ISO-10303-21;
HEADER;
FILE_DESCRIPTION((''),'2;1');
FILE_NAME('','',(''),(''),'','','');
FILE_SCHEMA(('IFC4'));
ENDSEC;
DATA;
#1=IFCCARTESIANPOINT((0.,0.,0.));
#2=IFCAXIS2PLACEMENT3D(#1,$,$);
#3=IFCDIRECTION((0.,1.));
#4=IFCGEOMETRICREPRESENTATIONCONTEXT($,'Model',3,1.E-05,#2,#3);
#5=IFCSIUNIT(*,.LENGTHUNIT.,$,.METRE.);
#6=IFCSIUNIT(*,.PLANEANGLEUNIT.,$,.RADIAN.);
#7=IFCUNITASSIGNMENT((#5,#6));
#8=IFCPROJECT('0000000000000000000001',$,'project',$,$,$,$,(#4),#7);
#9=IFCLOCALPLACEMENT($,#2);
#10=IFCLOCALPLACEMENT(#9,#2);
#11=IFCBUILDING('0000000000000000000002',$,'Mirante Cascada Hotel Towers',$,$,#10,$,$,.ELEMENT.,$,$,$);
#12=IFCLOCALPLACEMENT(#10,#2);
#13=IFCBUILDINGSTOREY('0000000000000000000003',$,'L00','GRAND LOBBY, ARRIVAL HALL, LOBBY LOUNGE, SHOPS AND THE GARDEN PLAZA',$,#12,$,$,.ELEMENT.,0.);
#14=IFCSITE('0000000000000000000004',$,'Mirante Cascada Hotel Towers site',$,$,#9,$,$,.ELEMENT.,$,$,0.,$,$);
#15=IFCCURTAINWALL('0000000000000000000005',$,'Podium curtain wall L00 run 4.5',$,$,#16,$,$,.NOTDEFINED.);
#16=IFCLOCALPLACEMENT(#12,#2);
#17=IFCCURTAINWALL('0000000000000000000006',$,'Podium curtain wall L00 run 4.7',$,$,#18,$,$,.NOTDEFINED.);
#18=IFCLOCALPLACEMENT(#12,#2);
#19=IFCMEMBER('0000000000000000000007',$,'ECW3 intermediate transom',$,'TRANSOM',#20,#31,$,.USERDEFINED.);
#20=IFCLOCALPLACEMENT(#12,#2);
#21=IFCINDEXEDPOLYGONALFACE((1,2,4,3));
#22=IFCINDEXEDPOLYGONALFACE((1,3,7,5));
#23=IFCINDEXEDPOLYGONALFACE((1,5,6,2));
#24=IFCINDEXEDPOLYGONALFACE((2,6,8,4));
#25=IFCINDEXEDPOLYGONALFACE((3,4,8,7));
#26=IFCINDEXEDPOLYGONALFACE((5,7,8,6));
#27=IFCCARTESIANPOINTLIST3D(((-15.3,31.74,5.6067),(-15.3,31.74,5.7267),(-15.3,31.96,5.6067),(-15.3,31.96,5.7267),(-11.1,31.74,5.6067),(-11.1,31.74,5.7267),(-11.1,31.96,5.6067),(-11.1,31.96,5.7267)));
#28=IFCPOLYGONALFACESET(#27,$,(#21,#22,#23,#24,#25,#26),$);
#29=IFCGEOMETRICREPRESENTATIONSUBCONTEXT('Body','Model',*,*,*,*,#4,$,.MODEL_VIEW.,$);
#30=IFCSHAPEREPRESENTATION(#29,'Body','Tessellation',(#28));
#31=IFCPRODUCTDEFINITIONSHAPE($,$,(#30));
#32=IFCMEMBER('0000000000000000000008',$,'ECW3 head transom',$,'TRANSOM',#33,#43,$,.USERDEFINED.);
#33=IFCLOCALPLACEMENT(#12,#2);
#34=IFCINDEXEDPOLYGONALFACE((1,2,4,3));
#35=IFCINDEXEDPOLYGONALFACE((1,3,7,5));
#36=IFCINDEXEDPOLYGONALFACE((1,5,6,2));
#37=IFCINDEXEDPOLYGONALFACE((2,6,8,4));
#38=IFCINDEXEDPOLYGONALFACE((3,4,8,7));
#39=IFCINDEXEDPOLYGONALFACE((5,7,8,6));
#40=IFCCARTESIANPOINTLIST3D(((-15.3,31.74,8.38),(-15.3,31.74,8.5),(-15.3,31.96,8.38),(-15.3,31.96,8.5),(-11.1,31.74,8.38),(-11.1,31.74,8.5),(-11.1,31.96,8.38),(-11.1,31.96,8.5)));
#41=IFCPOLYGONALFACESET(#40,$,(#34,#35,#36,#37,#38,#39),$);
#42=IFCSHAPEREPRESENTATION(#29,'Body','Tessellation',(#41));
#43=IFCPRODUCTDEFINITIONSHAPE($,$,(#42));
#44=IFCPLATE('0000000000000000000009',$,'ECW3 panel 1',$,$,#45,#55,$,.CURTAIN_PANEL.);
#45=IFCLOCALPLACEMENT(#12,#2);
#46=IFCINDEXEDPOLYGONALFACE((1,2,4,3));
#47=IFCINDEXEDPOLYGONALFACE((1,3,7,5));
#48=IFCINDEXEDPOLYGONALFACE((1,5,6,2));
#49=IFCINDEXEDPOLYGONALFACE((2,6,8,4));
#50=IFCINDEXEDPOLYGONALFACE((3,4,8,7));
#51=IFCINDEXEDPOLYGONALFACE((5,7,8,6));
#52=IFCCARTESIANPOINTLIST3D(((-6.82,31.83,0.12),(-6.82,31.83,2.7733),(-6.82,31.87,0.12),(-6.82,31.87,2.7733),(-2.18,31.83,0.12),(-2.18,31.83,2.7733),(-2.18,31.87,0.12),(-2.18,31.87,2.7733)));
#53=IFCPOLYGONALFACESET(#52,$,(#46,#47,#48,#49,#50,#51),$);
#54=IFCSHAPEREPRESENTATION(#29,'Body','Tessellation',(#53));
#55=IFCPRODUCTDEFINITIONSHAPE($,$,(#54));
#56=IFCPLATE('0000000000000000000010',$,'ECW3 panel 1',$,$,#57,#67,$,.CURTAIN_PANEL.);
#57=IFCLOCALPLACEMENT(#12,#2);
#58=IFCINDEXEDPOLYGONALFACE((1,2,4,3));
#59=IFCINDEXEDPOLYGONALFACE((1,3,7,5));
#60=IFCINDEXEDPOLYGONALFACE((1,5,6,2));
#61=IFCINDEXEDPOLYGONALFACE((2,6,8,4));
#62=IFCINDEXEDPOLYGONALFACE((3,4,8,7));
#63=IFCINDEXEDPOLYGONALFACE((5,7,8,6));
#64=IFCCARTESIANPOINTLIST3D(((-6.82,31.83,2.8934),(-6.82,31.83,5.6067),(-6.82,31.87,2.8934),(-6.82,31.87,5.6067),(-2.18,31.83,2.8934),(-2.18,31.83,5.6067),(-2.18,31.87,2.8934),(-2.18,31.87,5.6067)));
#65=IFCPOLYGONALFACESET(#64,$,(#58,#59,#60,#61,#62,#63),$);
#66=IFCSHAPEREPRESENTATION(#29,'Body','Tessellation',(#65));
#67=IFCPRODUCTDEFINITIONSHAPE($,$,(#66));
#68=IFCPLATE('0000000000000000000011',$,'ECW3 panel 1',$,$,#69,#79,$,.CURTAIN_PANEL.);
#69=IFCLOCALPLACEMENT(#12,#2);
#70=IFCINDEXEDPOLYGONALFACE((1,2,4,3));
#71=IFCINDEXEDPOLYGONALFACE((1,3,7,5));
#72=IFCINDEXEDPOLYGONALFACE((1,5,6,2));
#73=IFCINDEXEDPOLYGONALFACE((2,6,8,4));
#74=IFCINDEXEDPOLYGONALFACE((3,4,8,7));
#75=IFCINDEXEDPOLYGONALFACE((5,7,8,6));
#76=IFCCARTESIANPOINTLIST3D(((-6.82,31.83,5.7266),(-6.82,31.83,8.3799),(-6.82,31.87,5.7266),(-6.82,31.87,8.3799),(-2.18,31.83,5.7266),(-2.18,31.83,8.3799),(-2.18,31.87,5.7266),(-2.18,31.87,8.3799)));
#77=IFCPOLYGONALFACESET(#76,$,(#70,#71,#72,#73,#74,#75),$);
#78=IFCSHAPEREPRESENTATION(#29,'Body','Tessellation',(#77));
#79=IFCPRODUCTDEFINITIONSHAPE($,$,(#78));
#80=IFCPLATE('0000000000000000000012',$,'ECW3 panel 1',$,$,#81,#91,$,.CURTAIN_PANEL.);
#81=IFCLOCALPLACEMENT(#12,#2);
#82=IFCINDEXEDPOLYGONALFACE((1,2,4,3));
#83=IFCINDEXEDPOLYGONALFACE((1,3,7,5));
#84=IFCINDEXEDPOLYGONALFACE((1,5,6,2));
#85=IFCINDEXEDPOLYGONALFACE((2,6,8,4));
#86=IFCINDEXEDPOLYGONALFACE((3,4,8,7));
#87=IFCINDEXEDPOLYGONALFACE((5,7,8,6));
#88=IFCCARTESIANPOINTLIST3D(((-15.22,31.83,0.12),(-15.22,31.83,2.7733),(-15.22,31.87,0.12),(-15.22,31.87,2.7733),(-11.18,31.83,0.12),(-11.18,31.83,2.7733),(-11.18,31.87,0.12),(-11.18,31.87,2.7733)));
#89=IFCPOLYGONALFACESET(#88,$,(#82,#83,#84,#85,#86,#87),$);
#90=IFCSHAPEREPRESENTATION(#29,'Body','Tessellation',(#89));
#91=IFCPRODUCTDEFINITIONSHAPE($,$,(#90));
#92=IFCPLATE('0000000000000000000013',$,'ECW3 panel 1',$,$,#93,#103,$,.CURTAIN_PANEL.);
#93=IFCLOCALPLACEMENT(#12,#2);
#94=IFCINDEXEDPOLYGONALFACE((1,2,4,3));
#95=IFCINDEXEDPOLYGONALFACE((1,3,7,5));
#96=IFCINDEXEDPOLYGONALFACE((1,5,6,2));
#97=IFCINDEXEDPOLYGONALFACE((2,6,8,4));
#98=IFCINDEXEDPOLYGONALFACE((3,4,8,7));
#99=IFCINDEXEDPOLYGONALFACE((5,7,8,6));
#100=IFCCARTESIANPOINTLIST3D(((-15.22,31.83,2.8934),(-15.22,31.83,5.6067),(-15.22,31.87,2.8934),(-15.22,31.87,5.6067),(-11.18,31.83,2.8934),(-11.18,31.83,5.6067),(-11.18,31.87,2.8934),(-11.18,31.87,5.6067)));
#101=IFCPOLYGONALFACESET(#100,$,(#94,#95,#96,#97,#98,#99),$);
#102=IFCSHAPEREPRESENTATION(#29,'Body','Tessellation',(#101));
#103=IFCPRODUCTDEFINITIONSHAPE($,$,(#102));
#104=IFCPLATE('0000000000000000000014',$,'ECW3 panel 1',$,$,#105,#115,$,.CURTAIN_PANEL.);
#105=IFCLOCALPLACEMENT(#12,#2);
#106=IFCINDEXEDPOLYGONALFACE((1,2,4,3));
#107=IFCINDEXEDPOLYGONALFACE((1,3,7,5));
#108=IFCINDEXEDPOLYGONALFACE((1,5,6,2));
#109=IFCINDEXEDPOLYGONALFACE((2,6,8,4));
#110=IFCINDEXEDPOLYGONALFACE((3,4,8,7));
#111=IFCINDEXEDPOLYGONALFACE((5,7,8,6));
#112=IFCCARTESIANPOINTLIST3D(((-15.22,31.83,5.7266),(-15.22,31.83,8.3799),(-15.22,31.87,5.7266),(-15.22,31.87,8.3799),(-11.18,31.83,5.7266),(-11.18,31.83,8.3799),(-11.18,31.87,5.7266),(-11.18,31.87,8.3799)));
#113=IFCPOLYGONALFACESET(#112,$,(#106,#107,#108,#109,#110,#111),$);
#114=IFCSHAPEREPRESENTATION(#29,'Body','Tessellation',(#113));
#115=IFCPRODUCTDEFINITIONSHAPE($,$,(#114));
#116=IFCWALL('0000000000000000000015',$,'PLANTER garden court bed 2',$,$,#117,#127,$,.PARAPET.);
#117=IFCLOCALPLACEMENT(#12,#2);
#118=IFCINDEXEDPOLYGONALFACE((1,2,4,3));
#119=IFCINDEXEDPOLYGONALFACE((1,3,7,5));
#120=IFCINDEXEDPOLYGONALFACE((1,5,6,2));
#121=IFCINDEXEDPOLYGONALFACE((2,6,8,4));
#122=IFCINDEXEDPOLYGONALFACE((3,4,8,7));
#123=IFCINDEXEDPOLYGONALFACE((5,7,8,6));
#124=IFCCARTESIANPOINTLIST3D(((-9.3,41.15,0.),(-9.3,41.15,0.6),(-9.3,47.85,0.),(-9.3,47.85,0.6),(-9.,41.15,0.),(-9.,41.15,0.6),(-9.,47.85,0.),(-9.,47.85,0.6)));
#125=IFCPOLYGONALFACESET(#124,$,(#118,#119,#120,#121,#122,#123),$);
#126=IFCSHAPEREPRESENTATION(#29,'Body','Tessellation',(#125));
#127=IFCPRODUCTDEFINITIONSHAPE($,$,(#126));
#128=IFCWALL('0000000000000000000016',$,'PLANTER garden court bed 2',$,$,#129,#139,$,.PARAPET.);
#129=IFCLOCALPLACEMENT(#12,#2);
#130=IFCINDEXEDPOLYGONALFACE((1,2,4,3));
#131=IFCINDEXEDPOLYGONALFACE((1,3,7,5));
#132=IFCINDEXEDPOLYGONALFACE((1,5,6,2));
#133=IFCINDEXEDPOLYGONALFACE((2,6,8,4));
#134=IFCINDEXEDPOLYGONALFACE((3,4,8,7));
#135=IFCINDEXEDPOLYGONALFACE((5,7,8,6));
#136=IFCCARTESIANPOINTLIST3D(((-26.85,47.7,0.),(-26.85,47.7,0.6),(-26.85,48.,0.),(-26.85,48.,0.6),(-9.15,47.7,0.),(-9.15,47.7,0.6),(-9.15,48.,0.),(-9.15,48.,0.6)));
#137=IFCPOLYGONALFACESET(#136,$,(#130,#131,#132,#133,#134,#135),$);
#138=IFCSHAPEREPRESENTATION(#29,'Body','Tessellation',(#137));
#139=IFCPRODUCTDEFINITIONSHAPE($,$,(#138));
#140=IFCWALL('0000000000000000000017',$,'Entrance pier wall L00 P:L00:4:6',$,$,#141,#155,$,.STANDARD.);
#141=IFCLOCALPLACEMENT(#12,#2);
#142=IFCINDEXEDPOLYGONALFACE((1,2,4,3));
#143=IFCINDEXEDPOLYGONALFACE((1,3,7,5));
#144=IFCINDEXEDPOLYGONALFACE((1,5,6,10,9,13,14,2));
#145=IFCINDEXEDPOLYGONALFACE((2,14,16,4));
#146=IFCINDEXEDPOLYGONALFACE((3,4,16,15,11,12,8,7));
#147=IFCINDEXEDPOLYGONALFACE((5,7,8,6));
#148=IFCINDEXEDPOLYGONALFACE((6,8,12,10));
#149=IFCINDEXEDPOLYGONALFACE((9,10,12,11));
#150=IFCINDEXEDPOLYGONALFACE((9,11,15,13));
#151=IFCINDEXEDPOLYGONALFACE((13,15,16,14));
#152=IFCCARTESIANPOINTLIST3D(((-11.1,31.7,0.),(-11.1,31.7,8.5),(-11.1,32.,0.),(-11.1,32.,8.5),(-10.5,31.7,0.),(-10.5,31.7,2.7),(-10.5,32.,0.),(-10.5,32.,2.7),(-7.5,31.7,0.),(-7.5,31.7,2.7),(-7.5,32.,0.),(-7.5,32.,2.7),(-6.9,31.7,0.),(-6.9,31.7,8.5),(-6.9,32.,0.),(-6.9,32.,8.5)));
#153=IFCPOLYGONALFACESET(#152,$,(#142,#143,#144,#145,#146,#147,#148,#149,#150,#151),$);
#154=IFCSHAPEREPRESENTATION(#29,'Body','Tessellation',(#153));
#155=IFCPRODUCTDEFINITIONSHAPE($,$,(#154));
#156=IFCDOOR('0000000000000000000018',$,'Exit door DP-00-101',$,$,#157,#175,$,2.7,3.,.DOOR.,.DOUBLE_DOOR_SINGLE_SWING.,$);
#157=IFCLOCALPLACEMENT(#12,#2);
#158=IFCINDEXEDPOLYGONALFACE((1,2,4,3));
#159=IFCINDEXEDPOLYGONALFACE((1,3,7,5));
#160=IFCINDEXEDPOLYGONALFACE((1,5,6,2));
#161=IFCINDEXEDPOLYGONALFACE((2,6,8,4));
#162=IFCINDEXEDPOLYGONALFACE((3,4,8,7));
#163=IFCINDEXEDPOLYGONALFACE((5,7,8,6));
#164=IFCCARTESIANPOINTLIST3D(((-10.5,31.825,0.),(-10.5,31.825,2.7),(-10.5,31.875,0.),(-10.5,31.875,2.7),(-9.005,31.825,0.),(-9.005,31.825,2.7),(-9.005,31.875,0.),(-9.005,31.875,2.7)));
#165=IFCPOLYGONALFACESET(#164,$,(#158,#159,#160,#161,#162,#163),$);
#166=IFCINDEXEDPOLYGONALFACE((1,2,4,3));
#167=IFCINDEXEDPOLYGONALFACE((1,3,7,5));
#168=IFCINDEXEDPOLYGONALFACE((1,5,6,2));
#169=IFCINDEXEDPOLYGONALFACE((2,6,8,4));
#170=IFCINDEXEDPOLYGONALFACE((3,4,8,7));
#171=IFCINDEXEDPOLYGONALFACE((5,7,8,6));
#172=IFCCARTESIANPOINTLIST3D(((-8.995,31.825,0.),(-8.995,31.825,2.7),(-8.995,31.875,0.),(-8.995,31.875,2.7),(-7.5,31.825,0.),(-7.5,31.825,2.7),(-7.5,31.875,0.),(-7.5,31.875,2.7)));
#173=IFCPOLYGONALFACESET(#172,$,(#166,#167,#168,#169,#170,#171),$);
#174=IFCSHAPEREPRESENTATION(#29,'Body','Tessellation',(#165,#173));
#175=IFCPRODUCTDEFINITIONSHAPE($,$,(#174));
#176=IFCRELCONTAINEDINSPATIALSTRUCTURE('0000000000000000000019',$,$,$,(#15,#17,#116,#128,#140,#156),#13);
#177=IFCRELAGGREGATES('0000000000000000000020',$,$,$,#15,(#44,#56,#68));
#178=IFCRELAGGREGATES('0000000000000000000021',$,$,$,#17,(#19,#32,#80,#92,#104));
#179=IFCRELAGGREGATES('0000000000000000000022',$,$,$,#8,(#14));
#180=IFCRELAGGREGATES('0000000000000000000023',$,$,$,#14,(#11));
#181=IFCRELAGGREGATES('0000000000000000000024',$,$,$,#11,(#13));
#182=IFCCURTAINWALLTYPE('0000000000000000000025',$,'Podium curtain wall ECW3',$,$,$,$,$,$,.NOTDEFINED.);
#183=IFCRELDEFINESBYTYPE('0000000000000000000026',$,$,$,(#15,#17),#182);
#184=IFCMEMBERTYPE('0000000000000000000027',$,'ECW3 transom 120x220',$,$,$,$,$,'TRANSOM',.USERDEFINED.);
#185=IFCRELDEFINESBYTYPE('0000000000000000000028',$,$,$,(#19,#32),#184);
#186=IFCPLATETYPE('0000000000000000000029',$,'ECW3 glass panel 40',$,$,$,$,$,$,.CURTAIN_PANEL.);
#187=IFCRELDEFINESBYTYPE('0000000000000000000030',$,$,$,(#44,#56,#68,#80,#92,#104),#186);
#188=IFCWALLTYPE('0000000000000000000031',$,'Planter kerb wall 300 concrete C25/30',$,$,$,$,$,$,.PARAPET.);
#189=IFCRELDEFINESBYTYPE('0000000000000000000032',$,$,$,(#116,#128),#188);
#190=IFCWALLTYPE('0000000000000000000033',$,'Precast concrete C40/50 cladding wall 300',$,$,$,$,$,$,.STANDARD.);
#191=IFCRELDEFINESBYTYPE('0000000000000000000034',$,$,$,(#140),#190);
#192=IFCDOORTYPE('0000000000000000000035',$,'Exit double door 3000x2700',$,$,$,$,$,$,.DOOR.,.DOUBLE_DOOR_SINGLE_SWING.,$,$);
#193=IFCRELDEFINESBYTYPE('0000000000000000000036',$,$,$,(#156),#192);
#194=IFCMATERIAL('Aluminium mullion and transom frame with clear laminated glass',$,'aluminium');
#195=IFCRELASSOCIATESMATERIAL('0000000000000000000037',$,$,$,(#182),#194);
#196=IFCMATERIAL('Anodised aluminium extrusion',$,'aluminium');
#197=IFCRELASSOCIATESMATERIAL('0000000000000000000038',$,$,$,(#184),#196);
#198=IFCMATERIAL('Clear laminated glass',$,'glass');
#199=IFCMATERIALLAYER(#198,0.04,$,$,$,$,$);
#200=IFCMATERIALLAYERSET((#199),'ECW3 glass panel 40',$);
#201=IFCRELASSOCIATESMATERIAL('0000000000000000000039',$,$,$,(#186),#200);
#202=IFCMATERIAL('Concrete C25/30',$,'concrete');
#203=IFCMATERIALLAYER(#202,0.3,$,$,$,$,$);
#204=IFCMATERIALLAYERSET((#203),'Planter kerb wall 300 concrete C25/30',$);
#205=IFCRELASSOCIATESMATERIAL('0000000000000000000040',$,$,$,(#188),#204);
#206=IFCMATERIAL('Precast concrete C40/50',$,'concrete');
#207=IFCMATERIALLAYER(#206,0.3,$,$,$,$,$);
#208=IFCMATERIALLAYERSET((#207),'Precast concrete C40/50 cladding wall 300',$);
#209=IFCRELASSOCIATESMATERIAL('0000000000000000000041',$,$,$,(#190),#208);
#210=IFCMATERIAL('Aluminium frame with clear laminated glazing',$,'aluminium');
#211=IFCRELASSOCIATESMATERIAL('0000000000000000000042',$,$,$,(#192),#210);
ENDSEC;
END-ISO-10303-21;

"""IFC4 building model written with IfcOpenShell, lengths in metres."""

from ifc_helpers import new_model, si_unit, direction, frame, frame_2d, origin, origin_2d, place, context, subcontext, project, spatial, rectangle, extrude, material, layer, layer_set, material_profile, profile_set, type_object, element, fill, aggregate, save


model = new_model("IFC4")

# Units and contexts
model_context = context("Model", 3, precision=1e-05, world=origin(), true_north=direction((0.0, 1.0)))
body_context = subcontext(model_context, "Body", "Model", "MODEL_VIEW")
ifc_project = project(units=[si_unit("LENGTHUNIT", "METRE"), si_unit("PLANEANGLEUNIT", "RADIAN")], contexts=[model_context])

# Site, building, storey
site_placement = place(None, origin())
site = spatial("IfcSite", under=ifc_project, at=site_placement, Name="Mirante Cascada Hotel Towers site", CompositionType="ELEMENT", RefElevation=0.0)
building_placement = place(site_placement, origin())
building = spatial("IfcBuilding", under=site, at=building_placement, Name="Mirante Cascada Hotel Towers", CompositionType="ELEMENT")
storey_placement = place(building_placement, origin())
storey = spatial("IfcBuildingStorey", under=building, at=storey_placement, Name="L00", Description="GRAND LOBBY, ARRIVAL HALL, LOBBY LOUNGE, SHOPS AND THE GARDEN PLAZA", CompositionType="ELEMENT", Elevation=0.0)

# Curtain walls
ifc_material_1 = material(Name="Aluminium mullion and transom frame with clear laminated glass", Category="aluminium")
curtain_wall_type = type_object("IfcCurtainWallType", Name="Podium curtain wall ECW3", PredefinedType="NOTDEFINED", material=ifc_material_1)
curtain_wall_1_placement = place(storey_placement, origin())
curtain_wall_1 = element("IfcCurtainWall", 1, at=curtain_wall_1_placement, inside=storey, type_object=curtain_wall_type, Name="Podium curtain wall L00 run 4.5", PredefinedType="NOTDEFINED")
curtain_wall_2_placement = place(storey_placement, origin())
curtain_wall_2 = element("IfcCurtainWall", 2, at=curtain_wall_2_placement, inside=storey, type_object=curtain_wall_type, Name="Podium curtain wall L00 run 4.7", PredefinedType="NOTDEFINED")

# Members
ifc_material_2 = material(Name="Anodised aluminium extrusion", Category="aluminium")
ifc_material_profile_1 = material_profile(ifc_material_2, rectangle(XDim=0.22, YDim=0.12, at=origin_2d()), Name="ECW3 TRANSOM 120x220")
ifc_profile_set_1 = profile_set([ifc_material_profile_1], Name="Anodised aluminium extrusion")
member_type_1 = type_object("IfcMemberType", Name="ECW3 transom 120x220", ElementType="TRANSOM", PredefinedType="USERDEFINED", material=ifc_profile_set_1)
member_1_placement = place(storey_placement, frame((-11.1, 31.85, 5.6667), z_axis=(-1.0, 0.0, 0.0), x_axis=(0.0, -1.0, 0.0)))
member_1 = element("IfcMember", 3, at=member_1_placement, type_object=member_type_1, Name="ECW3 intermediate transom", ObjectType="TRANSOM", PredefinedType="USERDEFINED", context=body_context, shape_type="SweptSolid", body=[
    extrude(rectangle(XDim=0.22, YDim=0.12, at=origin_2d()), origin(), (0.0, 0.0, 1.0), 4.2),
])
member_2_placement = place(storey_placement, frame((-11.1, 31.85, 8.44), z_axis=(-1.0, 0.0, 0.0), x_axis=(0.0, -1.0, 0.0)))
member_2 = element("IfcMember", 4, at=member_2_placement, type_object=member_type_1, Name="ECW3 head transom", ObjectType="TRANSOM", PredefinedType="USERDEFINED", context=body_context, shape_type="SweptSolid", body=[
    extrude(rectangle(XDim=0.22, YDim=0.12, at=origin_2d()), origin(), (0.0, 0.0, 1.0), 4.2),
])

# Plates
ifc_material_3 = material(Name="Clear laminated glass", Category="glass")
ifc_layer_1 = layer(ifc_material_3, 0.04)
ifc_layer_set_1 = layer_set([ifc_layer_1], Name="ECW3 glass panel 40")
plate_type = type_object("IfcPlateType", Name="ECW3 glass panel 40", PredefinedType="CURTAIN_PANEL", material=ifc_layer_set_1)
plate_1_placement = place(storey_placement, frame((-4.5, 31.85, 0.12), z_axis=(0.0, 0.0, 1.0), x_axis=(-1.0, 0.0, 0.0)))
plate_1 = element("IfcPlate", 5, at=plate_1_placement, type_object=plate_type, Name="ECW3 panel 1", PredefinedType="CURTAIN_PANEL", context=body_context, shape_type="SweptSolid", body=[
    extrude(rectangle(XDim=4.64, YDim=0.04, at=origin_2d()), origin(), (0.0, 0.0, 1.0), 2.6533),
])
plate_2_placement = place(storey_placement, frame((-4.5, 31.85, 2.8934), z_axis=(0.0, 0.0, 1.0), x_axis=(-1.0, 0.0, 0.0)))
plate_2 = element("IfcPlate", 6, at=plate_2_placement, type_object=plate_type, Name="ECW3 panel 1", PredefinedType="CURTAIN_PANEL", context=body_context, shape_type="SweptSolid", body=[
    extrude(rectangle(XDim=4.64, YDim=0.04, at=origin_2d()), origin(), (0.0, 0.0, 1.0), 2.7133),
])
plate_3_placement = place(storey_placement, frame((-4.5, 31.85, 5.7266), z_axis=(0.0, 0.0, 1.0), x_axis=(-1.0, 0.0, 0.0)))
plate_3 = element("IfcPlate", 7, at=plate_3_placement, type_object=plate_type, Name="ECW3 panel 1", PredefinedType="CURTAIN_PANEL", context=body_context, shape_type="SweptSolid", body=[
    extrude(rectangle(XDim=4.64, YDim=0.04, at=origin_2d()), origin(), (0.0, 0.0, 1.0), 2.6533),
])
aggregate(curtain_wall_1, [plate_1, plate_2, plate_3])
plate_4_placement = place(storey_placement, frame((-13.2, 31.85, 0.12), z_axis=(0.0, 0.0, 1.0), x_axis=(-1.0, 0.0, 0.0)))
plate_4 = element("IfcPlate", 8, at=plate_4_placement, type_object=plate_type, Name="ECW3 panel 1", PredefinedType="CURTAIN_PANEL", context=body_context, shape_type="SweptSolid", body=[
    extrude(rectangle(XDim=4.04, YDim=0.04, at=origin_2d()), origin(), (0.0, 0.0, 1.0), 2.6533),
])
plate_5_placement = place(storey_placement, frame((-13.2, 31.85, 2.8934), z_axis=(0.0, 0.0, 1.0), x_axis=(-1.0, 0.0, 0.0)))
plate_5 = element("IfcPlate", 9, at=plate_5_placement, type_object=plate_type, Name="ECW3 panel 1", PredefinedType="CURTAIN_PANEL", context=body_context, shape_type="SweptSolid", body=[
    extrude(rectangle(XDim=4.04, YDim=0.04, at=origin_2d()), origin(), (0.0, 0.0, 1.0), 2.7133),
])
plate_6_placement = place(storey_placement, frame((-13.2, 31.85, 5.7266), z_axis=(0.0, 0.0, 1.0), x_axis=(-1.0, 0.0, 0.0)))
plate_6 = element("IfcPlate", 10, at=plate_6_placement, type_object=plate_type, Name="ECW3 panel 1", PredefinedType="CURTAIN_PANEL", context=body_context, shape_type="SweptSolid", body=[
    extrude(rectangle(XDim=4.04, YDim=0.04, at=origin_2d()), origin(), (0.0, 0.0, 1.0), 2.6533),
])
aggregate(curtain_wall_2, [member_1, member_2, plate_4, plate_5, plate_6])

# Walls
ifc_material_4 = material(Name="Concrete C25/30", Category="concrete")
ifc_layer_2 = layer(ifc_material_4, 0.3)
ifc_layer_set_2 = layer_set([ifc_layer_2], Name="Planter kerb wall 300 concrete C25/30")
wall_type_1 = type_object("IfcWallType", Name="Planter kerb wall 300 concrete C25/30", PredefinedType="PARAPET", material=ifc_layer_set_2)
wall_1_placement = place(storey_placement, frame((-9.15, 41.15, 0.0), z_axis=(0.0, 0.0, 1.0), x_axis=(0.0, 1.0, 0.0)))
element("IfcWall", 11, at=wall_1_placement, inside=storey, type_object=wall_type_1, Name="PLANTER garden court bed 2", PredefinedType="PARAPET", context=body_context, shape_type="SweptSolid", body=[
    extrude(rectangle(XDim=6.7, YDim=0.3, at=frame_2d((3.35, 0.0))), origin(), (0.0, 0.0, 1.0), 0.6),
])
wall_2_placement = place(storey_placement, frame((-9.15, 47.85, 0.0), z_axis=(0.0, 0.0, 1.0), x_axis=(-1.0, 0.0, 0.0)))
element("IfcWall", 12, at=wall_2_placement, inside=storey, type_object=wall_type_1, Name="PLANTER garden court bed 2", PredefinedType="PARAPET", context=body_context, shape_type="SweptSolid", body=[
    extrude(rectangle(XDim=17.7, YDim=0.3, at=frame_2d((8.85, 0.0))), origin(), (0.0, 0.0, 1.0), 0.6),
])

# Wall, opening, door
ifc_material_5 = material(Name="Precast concrete C40/50", Category="concrete")
ifc_layer_3 = layer(ifc_material_5, 0.3)
ifc_layer_set_3 = layer_set([ifc_layer_3], Name="Precast concrete C40/50 cladding wall 300")
wall_type_2 = type_object("IfcWallType", Name="Precast concrete C40/50 cladding wall 300", PredefinedType="STANDARD", material=ifc_layer_set_3)
wall_3_placement = place(storey_placement, frame((-6.9, 31.85, 0.0), z_axis=(0.0, 0.0, 1.0), x_axis=(-1.0, 0.0, 0.0)))
wall_3 = element("IfcWall", 13, at=wall_3_placement, inside=storey, type_object=wall_type_2, Name="Entrance pier wall L00 P:L00:4:6", PredefinedType="STANDARD", context=body_context, shape_type="SweptSolid", body=[
    extrude(rectangle(XDim=4.2, YDim=0.3, at=frame_2d((2.1, 0.0))), origin(), (0.0, 0.0, 1.0), 8.5),
])
opening_placement = place(wall_3_placement, frame((0.6, 0.0, 0.0)))
opening = element("IfcOpeningElement", 14, at=opening_placement, cuts=wall_3, PredefinedType="OPENING", context=body_context, shape_type="SweptSolid", body=[
    extrude(rectangle(XDim=3.0, YDim=2.7, at=frame_2d((1.5, 1.35))), frame((0.0, 0.15, 0.0), z_axis=(0.0, -1.0, 0.0), x_axis=(1.0, 0.0, 0.0)), (0.0, 0.0, 1.0), 0.3),
])
ifc_material_6 = material(Name="Aluminium frame with clear laminated glazing", Category="aluminium")
door_type = type_object("IfcDoorType", Name="Exit double door 3000x2700", OperationType="DOUBLE_DOOR_SINGLE_SWING", PredefinedType="DOOR", material=ifc_material_6)
door_placement = place(opening_placement, frame((3.0, 0.0, 0.0), z_axis=(0.0, 0.0, 1.0), x_axis=(-1.0, 0.0, 0.0)))
door = element("IfcDoor", 15, at=door_placement, inside=storey, type_object=door_type, Name="Exit door DP-00-101", OperationType="DOUBLE_DOOR_SINGLE_SWING", OverallHeight=2.7, OverallWidth=3.0, PredefinedType="DOOR", context=body_context, shape_type="SweptSolid", body=[
    extrude(rectangle(XDim=1.495, YDim=2.7, at=frame_2d((0.7475, 1.35))), frame((0.0, 0.025, 0.0), z_axis=(0.0, -1.0, 0.0), x_axis=(1.0, 0.0, 0.0)), (0.0, 0.0, 1.0), 0.05),
    extrude(rectangle(XDim=1.495, YDim=2.7, at=frame_2d((2.2525, 1.35))), frame((0.0, 0.025, 0.0), z_axis=(0.0, -1.0, 0.0), x_axis=(1.0, 0.0, 0.0)), (0.0, 0.0, 1.0), 0.05),
])
fill(opening, door)

save(model, "model.ifc")
